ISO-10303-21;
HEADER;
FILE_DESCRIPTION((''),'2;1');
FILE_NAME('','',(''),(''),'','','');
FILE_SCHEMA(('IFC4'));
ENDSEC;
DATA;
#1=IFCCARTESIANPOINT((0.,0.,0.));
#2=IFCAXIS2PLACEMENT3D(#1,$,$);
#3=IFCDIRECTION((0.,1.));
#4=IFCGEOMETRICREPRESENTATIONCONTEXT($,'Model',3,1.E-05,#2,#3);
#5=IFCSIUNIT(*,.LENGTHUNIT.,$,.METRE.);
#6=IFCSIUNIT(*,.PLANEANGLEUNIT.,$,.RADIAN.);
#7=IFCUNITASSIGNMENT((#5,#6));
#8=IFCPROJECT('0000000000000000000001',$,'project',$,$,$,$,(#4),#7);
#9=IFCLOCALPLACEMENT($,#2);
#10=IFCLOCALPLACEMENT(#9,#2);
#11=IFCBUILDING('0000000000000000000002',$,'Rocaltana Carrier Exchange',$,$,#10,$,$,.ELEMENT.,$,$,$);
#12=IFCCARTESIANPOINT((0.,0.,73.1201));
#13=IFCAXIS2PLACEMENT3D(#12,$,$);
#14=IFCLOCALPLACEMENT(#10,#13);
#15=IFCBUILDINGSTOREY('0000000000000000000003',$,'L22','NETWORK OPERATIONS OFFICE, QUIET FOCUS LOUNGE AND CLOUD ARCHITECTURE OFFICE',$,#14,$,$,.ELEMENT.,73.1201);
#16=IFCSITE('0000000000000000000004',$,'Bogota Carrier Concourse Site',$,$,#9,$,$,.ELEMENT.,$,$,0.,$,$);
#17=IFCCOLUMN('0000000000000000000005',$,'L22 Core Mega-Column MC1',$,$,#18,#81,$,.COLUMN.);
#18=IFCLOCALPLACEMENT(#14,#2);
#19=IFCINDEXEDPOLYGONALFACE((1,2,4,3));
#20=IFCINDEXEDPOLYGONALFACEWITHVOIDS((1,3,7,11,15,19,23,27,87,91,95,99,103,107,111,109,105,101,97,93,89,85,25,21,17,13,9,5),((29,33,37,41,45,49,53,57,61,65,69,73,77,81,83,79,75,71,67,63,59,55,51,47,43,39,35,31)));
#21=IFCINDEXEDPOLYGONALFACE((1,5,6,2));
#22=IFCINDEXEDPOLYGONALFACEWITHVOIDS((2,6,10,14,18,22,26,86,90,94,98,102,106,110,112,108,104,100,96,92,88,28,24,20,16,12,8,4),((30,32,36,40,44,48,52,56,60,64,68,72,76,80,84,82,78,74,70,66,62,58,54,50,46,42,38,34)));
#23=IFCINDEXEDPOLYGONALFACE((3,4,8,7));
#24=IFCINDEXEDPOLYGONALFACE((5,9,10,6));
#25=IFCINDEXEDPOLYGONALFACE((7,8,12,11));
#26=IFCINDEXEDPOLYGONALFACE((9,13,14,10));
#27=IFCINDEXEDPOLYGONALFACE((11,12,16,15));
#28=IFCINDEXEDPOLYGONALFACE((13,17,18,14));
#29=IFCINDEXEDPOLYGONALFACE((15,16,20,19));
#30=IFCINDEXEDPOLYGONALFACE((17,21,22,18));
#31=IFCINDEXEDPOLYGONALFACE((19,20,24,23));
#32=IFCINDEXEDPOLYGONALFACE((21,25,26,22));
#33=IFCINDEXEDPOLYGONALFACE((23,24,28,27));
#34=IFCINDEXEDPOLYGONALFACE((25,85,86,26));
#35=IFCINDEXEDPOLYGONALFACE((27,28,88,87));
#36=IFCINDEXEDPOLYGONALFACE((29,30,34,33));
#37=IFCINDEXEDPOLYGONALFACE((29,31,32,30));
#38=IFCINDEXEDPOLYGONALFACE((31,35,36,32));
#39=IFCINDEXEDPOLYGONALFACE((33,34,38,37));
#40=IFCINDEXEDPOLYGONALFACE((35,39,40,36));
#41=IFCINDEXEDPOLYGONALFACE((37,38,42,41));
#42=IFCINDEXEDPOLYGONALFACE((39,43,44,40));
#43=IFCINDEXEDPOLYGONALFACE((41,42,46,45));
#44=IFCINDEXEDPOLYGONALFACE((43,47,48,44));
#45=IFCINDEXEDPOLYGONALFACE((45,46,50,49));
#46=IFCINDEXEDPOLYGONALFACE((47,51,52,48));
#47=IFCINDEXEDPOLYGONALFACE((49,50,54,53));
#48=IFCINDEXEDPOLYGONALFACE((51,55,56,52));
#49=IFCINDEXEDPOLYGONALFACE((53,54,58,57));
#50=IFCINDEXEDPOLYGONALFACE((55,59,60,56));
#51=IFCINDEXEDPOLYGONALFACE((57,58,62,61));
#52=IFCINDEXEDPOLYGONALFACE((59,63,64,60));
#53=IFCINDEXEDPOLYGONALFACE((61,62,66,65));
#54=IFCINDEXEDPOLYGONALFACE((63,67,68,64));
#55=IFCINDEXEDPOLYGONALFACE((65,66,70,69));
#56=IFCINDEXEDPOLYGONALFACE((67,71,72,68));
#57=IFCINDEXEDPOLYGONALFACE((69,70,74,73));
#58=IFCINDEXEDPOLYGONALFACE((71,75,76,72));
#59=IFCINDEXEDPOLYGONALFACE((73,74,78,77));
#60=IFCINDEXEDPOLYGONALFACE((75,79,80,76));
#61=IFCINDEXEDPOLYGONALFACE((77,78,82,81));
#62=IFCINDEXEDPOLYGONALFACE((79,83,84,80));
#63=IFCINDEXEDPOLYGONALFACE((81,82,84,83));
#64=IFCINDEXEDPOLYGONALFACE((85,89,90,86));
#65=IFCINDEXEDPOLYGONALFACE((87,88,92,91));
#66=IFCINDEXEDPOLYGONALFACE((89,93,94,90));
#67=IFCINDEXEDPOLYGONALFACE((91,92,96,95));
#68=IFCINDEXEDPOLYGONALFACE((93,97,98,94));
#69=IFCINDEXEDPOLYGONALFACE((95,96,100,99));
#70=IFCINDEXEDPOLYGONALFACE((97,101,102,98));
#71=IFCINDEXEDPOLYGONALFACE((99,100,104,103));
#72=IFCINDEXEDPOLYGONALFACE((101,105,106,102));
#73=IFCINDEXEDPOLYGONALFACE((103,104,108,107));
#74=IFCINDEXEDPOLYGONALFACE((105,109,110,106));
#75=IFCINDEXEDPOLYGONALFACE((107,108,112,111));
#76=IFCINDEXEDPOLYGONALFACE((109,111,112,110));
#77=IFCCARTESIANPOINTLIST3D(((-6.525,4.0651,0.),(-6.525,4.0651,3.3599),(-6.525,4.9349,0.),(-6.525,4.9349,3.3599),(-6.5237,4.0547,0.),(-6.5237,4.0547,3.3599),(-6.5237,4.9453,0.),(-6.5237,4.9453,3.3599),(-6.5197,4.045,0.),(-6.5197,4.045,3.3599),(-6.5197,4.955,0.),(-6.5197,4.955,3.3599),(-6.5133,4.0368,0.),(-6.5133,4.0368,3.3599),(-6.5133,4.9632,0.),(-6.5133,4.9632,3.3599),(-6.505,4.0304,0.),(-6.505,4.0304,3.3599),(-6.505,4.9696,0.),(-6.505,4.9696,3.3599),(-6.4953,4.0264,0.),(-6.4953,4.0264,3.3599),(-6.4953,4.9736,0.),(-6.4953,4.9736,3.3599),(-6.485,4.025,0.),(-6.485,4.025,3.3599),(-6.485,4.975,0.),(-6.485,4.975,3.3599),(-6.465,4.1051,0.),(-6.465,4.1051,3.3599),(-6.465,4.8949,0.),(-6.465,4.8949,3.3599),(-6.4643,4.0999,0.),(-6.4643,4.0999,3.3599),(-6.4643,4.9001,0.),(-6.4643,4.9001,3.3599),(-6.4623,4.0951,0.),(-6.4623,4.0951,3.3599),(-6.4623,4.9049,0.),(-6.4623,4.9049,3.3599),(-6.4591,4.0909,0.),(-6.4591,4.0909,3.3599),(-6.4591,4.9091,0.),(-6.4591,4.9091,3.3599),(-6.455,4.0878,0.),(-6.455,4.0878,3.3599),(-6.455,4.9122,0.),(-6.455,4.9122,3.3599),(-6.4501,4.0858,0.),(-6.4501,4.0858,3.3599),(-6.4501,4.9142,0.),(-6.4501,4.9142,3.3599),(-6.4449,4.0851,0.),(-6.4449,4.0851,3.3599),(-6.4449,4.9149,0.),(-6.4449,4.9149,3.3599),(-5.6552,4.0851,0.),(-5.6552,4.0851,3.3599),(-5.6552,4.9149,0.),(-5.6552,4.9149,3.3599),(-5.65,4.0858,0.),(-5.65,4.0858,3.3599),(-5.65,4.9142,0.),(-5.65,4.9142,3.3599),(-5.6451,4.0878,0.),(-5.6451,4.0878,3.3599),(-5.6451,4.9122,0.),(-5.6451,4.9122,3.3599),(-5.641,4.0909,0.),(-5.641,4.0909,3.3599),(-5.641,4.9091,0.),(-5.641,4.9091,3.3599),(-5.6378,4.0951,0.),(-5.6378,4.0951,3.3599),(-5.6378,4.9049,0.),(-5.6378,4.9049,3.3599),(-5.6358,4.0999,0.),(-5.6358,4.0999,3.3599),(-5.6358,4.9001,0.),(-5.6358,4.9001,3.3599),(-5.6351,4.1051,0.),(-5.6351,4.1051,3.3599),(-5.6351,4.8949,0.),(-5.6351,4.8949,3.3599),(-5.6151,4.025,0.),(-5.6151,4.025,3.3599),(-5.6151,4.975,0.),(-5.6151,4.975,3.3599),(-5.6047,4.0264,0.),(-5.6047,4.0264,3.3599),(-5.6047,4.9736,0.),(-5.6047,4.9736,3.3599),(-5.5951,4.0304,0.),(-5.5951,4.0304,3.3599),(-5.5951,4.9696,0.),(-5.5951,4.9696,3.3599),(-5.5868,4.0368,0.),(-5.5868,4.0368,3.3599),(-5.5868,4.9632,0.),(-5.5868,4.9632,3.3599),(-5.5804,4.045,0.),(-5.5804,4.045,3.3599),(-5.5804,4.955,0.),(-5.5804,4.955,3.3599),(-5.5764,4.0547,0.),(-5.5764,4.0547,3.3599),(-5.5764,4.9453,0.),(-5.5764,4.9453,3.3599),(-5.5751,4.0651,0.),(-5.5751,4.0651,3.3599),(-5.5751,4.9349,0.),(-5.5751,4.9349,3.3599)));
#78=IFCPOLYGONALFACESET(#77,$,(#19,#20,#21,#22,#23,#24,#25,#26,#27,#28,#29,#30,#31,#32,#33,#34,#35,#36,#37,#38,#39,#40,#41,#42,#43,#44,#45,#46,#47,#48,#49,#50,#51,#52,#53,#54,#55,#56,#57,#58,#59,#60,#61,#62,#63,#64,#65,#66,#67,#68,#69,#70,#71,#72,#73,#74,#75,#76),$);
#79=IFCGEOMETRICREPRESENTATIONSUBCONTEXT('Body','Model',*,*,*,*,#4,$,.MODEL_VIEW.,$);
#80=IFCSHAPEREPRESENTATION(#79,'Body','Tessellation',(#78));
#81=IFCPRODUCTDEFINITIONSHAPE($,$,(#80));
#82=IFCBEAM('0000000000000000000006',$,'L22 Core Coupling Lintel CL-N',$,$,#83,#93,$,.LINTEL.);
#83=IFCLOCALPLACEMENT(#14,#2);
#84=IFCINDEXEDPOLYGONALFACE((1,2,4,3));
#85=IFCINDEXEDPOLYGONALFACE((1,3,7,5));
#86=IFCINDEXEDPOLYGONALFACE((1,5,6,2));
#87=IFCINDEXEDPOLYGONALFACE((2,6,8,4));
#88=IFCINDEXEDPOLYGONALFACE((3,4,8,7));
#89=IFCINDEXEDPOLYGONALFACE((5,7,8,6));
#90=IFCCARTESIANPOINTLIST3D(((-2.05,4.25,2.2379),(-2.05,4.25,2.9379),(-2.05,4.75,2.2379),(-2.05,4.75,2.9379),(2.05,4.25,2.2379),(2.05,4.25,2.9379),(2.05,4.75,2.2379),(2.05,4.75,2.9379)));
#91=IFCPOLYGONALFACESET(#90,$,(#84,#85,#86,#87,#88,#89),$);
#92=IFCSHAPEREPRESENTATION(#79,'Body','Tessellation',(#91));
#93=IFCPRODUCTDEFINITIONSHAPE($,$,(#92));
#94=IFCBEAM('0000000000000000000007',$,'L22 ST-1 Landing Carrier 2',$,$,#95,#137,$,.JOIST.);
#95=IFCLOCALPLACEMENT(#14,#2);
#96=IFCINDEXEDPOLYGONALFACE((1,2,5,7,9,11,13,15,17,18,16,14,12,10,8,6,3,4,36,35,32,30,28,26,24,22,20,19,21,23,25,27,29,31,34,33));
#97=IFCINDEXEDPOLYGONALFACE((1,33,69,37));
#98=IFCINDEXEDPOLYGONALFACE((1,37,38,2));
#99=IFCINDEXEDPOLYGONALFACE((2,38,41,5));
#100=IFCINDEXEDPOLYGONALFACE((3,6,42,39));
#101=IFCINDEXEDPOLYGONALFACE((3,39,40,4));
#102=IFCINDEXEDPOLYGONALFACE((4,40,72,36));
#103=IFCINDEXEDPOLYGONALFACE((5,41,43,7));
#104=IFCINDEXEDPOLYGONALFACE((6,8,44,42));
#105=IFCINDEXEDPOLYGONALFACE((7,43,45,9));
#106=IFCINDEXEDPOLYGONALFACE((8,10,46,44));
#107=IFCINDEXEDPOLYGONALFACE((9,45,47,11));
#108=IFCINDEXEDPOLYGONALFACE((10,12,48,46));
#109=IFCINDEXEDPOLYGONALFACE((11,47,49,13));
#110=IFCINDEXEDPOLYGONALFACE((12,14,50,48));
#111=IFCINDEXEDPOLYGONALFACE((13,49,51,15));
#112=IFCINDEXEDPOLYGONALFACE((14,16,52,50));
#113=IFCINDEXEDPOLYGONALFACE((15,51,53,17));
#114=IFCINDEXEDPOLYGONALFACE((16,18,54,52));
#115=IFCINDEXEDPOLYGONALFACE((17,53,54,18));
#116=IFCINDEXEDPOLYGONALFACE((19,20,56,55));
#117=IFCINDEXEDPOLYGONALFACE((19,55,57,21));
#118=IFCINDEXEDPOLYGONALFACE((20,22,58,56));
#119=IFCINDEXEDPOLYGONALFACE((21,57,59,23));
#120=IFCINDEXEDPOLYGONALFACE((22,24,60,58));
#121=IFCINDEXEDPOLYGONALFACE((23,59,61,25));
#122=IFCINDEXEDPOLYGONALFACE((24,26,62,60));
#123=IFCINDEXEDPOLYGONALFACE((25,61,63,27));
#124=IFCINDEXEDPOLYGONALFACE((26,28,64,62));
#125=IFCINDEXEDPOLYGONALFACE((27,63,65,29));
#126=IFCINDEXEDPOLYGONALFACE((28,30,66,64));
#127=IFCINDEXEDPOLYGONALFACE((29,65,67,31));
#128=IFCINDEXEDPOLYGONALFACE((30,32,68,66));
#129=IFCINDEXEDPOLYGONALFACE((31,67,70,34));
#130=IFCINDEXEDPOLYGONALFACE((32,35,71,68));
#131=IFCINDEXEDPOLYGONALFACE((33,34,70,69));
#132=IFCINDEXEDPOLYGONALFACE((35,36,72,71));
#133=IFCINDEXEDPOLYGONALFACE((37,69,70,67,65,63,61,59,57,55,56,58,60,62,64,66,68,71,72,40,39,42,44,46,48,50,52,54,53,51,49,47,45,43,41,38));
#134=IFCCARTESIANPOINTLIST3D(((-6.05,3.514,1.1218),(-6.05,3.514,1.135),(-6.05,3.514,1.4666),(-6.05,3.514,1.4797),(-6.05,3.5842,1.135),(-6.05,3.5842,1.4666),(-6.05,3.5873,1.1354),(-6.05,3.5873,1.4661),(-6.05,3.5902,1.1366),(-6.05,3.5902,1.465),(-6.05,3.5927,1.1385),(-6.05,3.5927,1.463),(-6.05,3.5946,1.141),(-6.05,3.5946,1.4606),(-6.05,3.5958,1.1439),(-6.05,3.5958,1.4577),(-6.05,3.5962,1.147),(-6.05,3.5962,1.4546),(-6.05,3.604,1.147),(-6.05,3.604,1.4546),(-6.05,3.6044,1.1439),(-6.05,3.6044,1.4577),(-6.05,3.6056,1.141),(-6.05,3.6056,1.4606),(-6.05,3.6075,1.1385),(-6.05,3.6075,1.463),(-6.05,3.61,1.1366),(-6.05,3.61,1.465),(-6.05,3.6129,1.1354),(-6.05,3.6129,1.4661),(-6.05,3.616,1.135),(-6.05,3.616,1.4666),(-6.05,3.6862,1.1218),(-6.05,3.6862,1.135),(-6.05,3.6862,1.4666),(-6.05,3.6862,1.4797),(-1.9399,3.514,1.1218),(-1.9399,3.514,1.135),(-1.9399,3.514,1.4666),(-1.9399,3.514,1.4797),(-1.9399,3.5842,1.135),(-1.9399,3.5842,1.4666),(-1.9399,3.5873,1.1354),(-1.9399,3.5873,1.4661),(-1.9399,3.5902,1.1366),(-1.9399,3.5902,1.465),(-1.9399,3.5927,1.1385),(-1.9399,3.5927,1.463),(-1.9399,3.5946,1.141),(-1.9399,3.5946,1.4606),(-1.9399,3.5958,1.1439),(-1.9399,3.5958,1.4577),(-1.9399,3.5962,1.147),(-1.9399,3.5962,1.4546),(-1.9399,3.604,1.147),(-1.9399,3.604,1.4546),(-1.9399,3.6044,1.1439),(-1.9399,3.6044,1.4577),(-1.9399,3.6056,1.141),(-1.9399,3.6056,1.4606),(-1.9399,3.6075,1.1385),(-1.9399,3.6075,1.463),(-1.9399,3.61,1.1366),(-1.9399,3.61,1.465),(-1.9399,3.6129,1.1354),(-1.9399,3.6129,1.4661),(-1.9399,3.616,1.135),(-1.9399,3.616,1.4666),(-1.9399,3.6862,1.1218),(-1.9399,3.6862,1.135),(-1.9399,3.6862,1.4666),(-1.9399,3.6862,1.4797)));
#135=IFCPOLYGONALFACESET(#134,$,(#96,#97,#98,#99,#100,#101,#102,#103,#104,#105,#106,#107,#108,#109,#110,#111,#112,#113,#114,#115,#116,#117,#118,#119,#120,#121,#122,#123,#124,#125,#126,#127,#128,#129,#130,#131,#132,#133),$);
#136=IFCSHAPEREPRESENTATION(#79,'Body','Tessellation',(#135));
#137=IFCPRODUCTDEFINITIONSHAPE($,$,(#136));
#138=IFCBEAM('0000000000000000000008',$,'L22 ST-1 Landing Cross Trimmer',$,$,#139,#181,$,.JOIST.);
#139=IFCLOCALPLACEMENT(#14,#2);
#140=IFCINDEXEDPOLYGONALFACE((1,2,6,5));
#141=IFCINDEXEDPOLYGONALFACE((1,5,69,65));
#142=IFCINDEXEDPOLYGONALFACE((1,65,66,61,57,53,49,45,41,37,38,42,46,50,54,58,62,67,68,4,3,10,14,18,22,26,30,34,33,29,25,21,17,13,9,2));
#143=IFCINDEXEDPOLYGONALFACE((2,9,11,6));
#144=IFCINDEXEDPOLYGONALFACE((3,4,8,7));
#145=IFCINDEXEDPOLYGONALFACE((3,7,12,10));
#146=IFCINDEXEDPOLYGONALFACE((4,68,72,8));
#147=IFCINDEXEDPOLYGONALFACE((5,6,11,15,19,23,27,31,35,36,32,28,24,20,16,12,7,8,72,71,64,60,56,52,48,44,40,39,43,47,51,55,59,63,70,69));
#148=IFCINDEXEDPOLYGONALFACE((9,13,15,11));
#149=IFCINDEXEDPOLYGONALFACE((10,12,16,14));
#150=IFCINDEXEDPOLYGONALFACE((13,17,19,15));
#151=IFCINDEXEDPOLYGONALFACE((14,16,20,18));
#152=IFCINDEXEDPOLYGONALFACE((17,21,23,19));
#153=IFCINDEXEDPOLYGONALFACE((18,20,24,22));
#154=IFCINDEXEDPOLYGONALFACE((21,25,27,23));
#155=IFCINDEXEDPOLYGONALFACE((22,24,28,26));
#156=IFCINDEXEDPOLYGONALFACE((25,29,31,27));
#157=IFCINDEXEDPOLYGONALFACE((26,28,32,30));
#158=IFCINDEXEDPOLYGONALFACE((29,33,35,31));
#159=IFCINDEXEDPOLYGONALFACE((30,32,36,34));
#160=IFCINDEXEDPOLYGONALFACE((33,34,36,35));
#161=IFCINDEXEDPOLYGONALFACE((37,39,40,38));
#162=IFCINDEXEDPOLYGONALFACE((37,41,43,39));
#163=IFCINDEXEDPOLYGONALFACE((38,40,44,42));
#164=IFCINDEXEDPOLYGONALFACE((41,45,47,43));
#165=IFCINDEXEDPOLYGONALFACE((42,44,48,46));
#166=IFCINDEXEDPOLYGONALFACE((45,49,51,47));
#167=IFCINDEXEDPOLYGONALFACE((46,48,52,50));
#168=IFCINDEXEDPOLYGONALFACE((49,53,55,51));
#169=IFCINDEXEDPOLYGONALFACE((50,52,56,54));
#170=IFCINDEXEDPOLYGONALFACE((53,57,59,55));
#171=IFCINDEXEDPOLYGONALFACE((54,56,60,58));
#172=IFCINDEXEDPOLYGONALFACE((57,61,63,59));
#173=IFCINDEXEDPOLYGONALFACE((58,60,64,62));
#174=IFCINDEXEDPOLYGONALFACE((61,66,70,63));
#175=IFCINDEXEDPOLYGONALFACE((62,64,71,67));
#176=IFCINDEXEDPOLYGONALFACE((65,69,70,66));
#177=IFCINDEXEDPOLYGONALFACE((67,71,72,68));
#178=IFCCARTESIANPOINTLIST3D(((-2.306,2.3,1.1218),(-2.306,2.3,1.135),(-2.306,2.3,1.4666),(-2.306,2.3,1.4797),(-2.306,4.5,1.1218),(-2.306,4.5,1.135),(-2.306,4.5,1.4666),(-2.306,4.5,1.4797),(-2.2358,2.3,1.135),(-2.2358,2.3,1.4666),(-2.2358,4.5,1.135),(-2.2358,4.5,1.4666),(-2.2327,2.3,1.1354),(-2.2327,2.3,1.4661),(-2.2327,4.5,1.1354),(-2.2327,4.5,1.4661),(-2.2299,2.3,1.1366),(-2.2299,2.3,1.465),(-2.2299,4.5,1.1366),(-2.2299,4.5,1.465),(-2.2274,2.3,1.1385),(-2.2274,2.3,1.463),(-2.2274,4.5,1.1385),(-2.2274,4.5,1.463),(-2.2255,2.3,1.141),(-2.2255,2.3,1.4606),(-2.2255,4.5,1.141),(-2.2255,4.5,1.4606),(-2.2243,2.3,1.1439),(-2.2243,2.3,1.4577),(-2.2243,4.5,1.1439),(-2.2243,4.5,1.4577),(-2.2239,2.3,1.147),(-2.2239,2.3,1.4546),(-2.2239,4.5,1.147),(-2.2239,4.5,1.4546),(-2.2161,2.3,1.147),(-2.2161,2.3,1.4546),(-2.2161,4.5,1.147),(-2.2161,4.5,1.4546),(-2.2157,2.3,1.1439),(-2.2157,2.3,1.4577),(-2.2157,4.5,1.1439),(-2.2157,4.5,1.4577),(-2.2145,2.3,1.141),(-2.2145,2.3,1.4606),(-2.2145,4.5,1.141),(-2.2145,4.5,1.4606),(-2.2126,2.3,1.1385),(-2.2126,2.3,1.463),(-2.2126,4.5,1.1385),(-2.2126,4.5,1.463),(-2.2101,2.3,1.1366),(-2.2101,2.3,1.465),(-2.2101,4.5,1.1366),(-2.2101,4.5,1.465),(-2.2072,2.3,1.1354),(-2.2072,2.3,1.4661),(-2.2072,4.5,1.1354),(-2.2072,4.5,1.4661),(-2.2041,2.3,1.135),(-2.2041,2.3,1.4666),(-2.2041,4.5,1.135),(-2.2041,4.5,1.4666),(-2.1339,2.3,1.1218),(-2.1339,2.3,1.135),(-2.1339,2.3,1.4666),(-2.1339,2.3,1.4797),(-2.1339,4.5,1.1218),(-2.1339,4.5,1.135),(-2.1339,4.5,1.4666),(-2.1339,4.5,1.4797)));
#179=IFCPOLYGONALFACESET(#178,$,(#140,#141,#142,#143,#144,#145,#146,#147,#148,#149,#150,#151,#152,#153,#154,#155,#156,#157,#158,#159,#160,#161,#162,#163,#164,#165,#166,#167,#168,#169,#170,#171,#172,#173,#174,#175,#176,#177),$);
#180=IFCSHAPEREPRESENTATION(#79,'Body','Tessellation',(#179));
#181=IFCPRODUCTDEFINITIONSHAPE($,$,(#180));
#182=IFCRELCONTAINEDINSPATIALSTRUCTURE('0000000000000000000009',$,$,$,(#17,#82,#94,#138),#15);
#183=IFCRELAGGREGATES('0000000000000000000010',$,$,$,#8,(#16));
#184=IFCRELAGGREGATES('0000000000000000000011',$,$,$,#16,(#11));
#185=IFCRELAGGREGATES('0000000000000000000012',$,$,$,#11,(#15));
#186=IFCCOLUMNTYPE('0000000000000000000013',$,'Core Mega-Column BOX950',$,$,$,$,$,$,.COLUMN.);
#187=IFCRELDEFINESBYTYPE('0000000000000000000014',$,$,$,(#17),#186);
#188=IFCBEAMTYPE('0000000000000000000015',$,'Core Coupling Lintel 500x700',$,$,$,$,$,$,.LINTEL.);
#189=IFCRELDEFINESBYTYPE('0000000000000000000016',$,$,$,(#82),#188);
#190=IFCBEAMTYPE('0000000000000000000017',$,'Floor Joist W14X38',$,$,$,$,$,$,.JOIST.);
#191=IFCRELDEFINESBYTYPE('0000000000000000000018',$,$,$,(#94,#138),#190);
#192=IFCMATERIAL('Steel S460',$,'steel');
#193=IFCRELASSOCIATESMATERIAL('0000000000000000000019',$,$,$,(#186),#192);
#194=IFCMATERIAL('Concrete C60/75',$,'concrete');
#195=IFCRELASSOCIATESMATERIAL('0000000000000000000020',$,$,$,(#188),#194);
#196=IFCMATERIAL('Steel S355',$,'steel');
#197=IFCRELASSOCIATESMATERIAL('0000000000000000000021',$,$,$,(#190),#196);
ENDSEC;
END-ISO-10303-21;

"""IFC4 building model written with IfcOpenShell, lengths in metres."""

from ifc_helpers import new_model, si_unit, direction, frame, origin, origin_2d, place, context, subcontext, project, spatial, rectangle, hollow_rectangle, i_section, extrude, material, material_profile, profile_set, type_object, element, save


model = new_model("IFC4")

# Units and contexts
model_context = context("Model", 3, precision=1e-05, world=origin(), true_north=direction((0.0, 1.0)))
body_context = subcontext(model_context, "Body", "Model", "MODEL_VIEW")
ifc_project = project(units=[si_unit("LENGTHUNIT", "METRE"), si_unit("PLANEANGLEUNIT", "RADIAN")], contexts=[model_context])

# Site, building, storey
site_placement = place(None, origin())
site = spatial("IfcSite", under=ifc_project, at=site_placement, Name="Bogota Carrier Concourse Site", CompositionType="ELEMENT", RefElevation=0.0)
building_placement = place(site_placement, origin())
building = spatial("IfcBuilding", under=site, at=building_placement, Name="Rocaltana Carrier Exchange", CompositionType="ELEMENT")
storey_placement = place(building_placement, frame((0.0, 0.0, 73.1201)))
storey = spatial("IfcBuildingStorey", under=building, at=storey_placement, Name="L22", Description="NETWORK OPERATIONS OFFICE, QUIET FOCUS LOUNGE AND CLOUD ARCHITECTURE OFFICE", CompositionType="ELEMENT", Elevation=73.1201)

# Column
ifc_material_1 = material(Name="Steel S460", Category="steel")
ifc_material_profile_1 = material_profile(ifc_material_1, hollow_rectangle(XDim=0.95, YDim=0.95, WallThickness=0.0601, InnerFilletRadius=0.02, OuterFilletRadius=0.04, at=origin_2d()), Name="BOX950X950X60")
ifc_profile_set_1 = profile_set([ifc_material_profile_1], Name="Steel S460")
column_type = type_object("IfcColumnType", Name="Core Mega-Column BOX950", PredefinedType="COLUMN", material=ifc_profile_set_1)
column_placement = place(storey_placement, frame((-6.05, 4.5, 0.0), z_axis=(0.0, 0.0, 1.0), x_axis=(1.0, 0.0, 0.0)))
element("IfcColumn", 1, at=column_placement, inside=storey, type_object=column_type, Name="L22 Core Mega-Column MC1", PredefinedType="COLUMN", context=body_context, shape_type="SweptSolid", body=[
    extrude(hollow_rectangle(XDim=0.95, YDim=0.95, WallThickness=0.0601, InnerFilletRadius=0.02, OuterFilletRadius=0.04, at=origin_2d()), origin(), (0.0, 0.0, 1.0), 3.3599),
])

# Beams
ifc_material_2 = material(Name="Concrete C60/75", Category="concrete")
ifc_material_profile_2 = material_profile(ifc_material_2, rectangle(XDim=0.5, YDim=0.7, at=origin_2d()), Name="RC-BM-500X700")
ifc_profile_set_2 = profile_set([ifc_material_profile_2], Name="Concrete C60/75")
beam_type_1 = type_object("IfcBeamType", Name="Core Coupling Lintel 500x700", PredefinedType="LINTEL", material=ifc_profile_set_2)
beam_1_placement = place(storey_placement, frame((-2.05, 4.5, 2.5879), z_axis=(1.0, 0.0, 0.0), x_axis=(0.0, 1.0, 0.0)))
element("IfcBeam", 2, at=beam_1_placement, inside=storey, type_object=beam_type_1, Name="L22 Core Coupling Lintel CL-N", PredefinedType="LINTEL", context=body_context, shape_type="SweptSolid", body=[
    extrude(rectangle(XDim=0.5, YDim=0.7, at=origin_2d()), origin(), (0.0, 0.0, 1.0), 4.1001),
])
ifc_material_3 = material(Name="Steel S355", Category="steel")
ifc_material_profile_3 = material_profile(ifc_material_3, i_section(OverallWidth=0.1721, OverallDepth=0.3579, WebThickness=0.0078, FlangeThickness=0.0132, FilletRadius=0.012, at=origin_2d()), Name="W14X38")
ifc_profile_set_3 = profile_set([ifc_material_profile_3], Name="Steel S355")
beam_type_2 = type_object("IfcBeamType", Name="Floor Joist W14X38", PredefinedType="JOIST", material=ifc_profile_set_3)
beam_2_placement = place(storey_placement, frame((-6.05, 3.6001, 1.3008), z_axis=(1.0, 0.0, 0.0), x_axis=(0.0, 1.0, 0.0)))
element("IfcBeam", 3, at=beam_2_placement, inside=storey, type_object=beam_type_2, Name="L22 ST-1 Landing Carrier 2", PredefinedType="JOIST", context=body_context, shape_type="SweptSolid", body=[
    extrude(i_section(OverallWidth=0.1721, OverallDepth=0.3579, WebThickness=0.0078, FlangeThickness=0.0132, FilletRadius=0.012, at=origin_2d()), origin(), (0.0, 0.0, 1.0), 4.1101),
])
beam_3_placement = place(storey_placement, frame((-2.22, 2.3, 1.3008), z_axis=(0.0, 1.0, 0.0), x_axis=(-1.0, 0.0, 0.0)))
element("IfcBeam", 4, at=beam_3_placement, inside=storey, type_object=beam_type_2, Name="L22 ST-1 Landing Cross Trimmer", PredefinedType="JOIST", context=body_context, shape_type="SweptSolid", body=[
    extrude(i_section(OverallWidth=0.1721, OverallDepth=0.3579, WebThickness=0.0078, FlangeThickness=0.0132, FilletRadius=0.012, at=origin_2d()), origin(), (0.0, 0.0, 1.0), 2.2),
])

save(model, "model.ifc")
